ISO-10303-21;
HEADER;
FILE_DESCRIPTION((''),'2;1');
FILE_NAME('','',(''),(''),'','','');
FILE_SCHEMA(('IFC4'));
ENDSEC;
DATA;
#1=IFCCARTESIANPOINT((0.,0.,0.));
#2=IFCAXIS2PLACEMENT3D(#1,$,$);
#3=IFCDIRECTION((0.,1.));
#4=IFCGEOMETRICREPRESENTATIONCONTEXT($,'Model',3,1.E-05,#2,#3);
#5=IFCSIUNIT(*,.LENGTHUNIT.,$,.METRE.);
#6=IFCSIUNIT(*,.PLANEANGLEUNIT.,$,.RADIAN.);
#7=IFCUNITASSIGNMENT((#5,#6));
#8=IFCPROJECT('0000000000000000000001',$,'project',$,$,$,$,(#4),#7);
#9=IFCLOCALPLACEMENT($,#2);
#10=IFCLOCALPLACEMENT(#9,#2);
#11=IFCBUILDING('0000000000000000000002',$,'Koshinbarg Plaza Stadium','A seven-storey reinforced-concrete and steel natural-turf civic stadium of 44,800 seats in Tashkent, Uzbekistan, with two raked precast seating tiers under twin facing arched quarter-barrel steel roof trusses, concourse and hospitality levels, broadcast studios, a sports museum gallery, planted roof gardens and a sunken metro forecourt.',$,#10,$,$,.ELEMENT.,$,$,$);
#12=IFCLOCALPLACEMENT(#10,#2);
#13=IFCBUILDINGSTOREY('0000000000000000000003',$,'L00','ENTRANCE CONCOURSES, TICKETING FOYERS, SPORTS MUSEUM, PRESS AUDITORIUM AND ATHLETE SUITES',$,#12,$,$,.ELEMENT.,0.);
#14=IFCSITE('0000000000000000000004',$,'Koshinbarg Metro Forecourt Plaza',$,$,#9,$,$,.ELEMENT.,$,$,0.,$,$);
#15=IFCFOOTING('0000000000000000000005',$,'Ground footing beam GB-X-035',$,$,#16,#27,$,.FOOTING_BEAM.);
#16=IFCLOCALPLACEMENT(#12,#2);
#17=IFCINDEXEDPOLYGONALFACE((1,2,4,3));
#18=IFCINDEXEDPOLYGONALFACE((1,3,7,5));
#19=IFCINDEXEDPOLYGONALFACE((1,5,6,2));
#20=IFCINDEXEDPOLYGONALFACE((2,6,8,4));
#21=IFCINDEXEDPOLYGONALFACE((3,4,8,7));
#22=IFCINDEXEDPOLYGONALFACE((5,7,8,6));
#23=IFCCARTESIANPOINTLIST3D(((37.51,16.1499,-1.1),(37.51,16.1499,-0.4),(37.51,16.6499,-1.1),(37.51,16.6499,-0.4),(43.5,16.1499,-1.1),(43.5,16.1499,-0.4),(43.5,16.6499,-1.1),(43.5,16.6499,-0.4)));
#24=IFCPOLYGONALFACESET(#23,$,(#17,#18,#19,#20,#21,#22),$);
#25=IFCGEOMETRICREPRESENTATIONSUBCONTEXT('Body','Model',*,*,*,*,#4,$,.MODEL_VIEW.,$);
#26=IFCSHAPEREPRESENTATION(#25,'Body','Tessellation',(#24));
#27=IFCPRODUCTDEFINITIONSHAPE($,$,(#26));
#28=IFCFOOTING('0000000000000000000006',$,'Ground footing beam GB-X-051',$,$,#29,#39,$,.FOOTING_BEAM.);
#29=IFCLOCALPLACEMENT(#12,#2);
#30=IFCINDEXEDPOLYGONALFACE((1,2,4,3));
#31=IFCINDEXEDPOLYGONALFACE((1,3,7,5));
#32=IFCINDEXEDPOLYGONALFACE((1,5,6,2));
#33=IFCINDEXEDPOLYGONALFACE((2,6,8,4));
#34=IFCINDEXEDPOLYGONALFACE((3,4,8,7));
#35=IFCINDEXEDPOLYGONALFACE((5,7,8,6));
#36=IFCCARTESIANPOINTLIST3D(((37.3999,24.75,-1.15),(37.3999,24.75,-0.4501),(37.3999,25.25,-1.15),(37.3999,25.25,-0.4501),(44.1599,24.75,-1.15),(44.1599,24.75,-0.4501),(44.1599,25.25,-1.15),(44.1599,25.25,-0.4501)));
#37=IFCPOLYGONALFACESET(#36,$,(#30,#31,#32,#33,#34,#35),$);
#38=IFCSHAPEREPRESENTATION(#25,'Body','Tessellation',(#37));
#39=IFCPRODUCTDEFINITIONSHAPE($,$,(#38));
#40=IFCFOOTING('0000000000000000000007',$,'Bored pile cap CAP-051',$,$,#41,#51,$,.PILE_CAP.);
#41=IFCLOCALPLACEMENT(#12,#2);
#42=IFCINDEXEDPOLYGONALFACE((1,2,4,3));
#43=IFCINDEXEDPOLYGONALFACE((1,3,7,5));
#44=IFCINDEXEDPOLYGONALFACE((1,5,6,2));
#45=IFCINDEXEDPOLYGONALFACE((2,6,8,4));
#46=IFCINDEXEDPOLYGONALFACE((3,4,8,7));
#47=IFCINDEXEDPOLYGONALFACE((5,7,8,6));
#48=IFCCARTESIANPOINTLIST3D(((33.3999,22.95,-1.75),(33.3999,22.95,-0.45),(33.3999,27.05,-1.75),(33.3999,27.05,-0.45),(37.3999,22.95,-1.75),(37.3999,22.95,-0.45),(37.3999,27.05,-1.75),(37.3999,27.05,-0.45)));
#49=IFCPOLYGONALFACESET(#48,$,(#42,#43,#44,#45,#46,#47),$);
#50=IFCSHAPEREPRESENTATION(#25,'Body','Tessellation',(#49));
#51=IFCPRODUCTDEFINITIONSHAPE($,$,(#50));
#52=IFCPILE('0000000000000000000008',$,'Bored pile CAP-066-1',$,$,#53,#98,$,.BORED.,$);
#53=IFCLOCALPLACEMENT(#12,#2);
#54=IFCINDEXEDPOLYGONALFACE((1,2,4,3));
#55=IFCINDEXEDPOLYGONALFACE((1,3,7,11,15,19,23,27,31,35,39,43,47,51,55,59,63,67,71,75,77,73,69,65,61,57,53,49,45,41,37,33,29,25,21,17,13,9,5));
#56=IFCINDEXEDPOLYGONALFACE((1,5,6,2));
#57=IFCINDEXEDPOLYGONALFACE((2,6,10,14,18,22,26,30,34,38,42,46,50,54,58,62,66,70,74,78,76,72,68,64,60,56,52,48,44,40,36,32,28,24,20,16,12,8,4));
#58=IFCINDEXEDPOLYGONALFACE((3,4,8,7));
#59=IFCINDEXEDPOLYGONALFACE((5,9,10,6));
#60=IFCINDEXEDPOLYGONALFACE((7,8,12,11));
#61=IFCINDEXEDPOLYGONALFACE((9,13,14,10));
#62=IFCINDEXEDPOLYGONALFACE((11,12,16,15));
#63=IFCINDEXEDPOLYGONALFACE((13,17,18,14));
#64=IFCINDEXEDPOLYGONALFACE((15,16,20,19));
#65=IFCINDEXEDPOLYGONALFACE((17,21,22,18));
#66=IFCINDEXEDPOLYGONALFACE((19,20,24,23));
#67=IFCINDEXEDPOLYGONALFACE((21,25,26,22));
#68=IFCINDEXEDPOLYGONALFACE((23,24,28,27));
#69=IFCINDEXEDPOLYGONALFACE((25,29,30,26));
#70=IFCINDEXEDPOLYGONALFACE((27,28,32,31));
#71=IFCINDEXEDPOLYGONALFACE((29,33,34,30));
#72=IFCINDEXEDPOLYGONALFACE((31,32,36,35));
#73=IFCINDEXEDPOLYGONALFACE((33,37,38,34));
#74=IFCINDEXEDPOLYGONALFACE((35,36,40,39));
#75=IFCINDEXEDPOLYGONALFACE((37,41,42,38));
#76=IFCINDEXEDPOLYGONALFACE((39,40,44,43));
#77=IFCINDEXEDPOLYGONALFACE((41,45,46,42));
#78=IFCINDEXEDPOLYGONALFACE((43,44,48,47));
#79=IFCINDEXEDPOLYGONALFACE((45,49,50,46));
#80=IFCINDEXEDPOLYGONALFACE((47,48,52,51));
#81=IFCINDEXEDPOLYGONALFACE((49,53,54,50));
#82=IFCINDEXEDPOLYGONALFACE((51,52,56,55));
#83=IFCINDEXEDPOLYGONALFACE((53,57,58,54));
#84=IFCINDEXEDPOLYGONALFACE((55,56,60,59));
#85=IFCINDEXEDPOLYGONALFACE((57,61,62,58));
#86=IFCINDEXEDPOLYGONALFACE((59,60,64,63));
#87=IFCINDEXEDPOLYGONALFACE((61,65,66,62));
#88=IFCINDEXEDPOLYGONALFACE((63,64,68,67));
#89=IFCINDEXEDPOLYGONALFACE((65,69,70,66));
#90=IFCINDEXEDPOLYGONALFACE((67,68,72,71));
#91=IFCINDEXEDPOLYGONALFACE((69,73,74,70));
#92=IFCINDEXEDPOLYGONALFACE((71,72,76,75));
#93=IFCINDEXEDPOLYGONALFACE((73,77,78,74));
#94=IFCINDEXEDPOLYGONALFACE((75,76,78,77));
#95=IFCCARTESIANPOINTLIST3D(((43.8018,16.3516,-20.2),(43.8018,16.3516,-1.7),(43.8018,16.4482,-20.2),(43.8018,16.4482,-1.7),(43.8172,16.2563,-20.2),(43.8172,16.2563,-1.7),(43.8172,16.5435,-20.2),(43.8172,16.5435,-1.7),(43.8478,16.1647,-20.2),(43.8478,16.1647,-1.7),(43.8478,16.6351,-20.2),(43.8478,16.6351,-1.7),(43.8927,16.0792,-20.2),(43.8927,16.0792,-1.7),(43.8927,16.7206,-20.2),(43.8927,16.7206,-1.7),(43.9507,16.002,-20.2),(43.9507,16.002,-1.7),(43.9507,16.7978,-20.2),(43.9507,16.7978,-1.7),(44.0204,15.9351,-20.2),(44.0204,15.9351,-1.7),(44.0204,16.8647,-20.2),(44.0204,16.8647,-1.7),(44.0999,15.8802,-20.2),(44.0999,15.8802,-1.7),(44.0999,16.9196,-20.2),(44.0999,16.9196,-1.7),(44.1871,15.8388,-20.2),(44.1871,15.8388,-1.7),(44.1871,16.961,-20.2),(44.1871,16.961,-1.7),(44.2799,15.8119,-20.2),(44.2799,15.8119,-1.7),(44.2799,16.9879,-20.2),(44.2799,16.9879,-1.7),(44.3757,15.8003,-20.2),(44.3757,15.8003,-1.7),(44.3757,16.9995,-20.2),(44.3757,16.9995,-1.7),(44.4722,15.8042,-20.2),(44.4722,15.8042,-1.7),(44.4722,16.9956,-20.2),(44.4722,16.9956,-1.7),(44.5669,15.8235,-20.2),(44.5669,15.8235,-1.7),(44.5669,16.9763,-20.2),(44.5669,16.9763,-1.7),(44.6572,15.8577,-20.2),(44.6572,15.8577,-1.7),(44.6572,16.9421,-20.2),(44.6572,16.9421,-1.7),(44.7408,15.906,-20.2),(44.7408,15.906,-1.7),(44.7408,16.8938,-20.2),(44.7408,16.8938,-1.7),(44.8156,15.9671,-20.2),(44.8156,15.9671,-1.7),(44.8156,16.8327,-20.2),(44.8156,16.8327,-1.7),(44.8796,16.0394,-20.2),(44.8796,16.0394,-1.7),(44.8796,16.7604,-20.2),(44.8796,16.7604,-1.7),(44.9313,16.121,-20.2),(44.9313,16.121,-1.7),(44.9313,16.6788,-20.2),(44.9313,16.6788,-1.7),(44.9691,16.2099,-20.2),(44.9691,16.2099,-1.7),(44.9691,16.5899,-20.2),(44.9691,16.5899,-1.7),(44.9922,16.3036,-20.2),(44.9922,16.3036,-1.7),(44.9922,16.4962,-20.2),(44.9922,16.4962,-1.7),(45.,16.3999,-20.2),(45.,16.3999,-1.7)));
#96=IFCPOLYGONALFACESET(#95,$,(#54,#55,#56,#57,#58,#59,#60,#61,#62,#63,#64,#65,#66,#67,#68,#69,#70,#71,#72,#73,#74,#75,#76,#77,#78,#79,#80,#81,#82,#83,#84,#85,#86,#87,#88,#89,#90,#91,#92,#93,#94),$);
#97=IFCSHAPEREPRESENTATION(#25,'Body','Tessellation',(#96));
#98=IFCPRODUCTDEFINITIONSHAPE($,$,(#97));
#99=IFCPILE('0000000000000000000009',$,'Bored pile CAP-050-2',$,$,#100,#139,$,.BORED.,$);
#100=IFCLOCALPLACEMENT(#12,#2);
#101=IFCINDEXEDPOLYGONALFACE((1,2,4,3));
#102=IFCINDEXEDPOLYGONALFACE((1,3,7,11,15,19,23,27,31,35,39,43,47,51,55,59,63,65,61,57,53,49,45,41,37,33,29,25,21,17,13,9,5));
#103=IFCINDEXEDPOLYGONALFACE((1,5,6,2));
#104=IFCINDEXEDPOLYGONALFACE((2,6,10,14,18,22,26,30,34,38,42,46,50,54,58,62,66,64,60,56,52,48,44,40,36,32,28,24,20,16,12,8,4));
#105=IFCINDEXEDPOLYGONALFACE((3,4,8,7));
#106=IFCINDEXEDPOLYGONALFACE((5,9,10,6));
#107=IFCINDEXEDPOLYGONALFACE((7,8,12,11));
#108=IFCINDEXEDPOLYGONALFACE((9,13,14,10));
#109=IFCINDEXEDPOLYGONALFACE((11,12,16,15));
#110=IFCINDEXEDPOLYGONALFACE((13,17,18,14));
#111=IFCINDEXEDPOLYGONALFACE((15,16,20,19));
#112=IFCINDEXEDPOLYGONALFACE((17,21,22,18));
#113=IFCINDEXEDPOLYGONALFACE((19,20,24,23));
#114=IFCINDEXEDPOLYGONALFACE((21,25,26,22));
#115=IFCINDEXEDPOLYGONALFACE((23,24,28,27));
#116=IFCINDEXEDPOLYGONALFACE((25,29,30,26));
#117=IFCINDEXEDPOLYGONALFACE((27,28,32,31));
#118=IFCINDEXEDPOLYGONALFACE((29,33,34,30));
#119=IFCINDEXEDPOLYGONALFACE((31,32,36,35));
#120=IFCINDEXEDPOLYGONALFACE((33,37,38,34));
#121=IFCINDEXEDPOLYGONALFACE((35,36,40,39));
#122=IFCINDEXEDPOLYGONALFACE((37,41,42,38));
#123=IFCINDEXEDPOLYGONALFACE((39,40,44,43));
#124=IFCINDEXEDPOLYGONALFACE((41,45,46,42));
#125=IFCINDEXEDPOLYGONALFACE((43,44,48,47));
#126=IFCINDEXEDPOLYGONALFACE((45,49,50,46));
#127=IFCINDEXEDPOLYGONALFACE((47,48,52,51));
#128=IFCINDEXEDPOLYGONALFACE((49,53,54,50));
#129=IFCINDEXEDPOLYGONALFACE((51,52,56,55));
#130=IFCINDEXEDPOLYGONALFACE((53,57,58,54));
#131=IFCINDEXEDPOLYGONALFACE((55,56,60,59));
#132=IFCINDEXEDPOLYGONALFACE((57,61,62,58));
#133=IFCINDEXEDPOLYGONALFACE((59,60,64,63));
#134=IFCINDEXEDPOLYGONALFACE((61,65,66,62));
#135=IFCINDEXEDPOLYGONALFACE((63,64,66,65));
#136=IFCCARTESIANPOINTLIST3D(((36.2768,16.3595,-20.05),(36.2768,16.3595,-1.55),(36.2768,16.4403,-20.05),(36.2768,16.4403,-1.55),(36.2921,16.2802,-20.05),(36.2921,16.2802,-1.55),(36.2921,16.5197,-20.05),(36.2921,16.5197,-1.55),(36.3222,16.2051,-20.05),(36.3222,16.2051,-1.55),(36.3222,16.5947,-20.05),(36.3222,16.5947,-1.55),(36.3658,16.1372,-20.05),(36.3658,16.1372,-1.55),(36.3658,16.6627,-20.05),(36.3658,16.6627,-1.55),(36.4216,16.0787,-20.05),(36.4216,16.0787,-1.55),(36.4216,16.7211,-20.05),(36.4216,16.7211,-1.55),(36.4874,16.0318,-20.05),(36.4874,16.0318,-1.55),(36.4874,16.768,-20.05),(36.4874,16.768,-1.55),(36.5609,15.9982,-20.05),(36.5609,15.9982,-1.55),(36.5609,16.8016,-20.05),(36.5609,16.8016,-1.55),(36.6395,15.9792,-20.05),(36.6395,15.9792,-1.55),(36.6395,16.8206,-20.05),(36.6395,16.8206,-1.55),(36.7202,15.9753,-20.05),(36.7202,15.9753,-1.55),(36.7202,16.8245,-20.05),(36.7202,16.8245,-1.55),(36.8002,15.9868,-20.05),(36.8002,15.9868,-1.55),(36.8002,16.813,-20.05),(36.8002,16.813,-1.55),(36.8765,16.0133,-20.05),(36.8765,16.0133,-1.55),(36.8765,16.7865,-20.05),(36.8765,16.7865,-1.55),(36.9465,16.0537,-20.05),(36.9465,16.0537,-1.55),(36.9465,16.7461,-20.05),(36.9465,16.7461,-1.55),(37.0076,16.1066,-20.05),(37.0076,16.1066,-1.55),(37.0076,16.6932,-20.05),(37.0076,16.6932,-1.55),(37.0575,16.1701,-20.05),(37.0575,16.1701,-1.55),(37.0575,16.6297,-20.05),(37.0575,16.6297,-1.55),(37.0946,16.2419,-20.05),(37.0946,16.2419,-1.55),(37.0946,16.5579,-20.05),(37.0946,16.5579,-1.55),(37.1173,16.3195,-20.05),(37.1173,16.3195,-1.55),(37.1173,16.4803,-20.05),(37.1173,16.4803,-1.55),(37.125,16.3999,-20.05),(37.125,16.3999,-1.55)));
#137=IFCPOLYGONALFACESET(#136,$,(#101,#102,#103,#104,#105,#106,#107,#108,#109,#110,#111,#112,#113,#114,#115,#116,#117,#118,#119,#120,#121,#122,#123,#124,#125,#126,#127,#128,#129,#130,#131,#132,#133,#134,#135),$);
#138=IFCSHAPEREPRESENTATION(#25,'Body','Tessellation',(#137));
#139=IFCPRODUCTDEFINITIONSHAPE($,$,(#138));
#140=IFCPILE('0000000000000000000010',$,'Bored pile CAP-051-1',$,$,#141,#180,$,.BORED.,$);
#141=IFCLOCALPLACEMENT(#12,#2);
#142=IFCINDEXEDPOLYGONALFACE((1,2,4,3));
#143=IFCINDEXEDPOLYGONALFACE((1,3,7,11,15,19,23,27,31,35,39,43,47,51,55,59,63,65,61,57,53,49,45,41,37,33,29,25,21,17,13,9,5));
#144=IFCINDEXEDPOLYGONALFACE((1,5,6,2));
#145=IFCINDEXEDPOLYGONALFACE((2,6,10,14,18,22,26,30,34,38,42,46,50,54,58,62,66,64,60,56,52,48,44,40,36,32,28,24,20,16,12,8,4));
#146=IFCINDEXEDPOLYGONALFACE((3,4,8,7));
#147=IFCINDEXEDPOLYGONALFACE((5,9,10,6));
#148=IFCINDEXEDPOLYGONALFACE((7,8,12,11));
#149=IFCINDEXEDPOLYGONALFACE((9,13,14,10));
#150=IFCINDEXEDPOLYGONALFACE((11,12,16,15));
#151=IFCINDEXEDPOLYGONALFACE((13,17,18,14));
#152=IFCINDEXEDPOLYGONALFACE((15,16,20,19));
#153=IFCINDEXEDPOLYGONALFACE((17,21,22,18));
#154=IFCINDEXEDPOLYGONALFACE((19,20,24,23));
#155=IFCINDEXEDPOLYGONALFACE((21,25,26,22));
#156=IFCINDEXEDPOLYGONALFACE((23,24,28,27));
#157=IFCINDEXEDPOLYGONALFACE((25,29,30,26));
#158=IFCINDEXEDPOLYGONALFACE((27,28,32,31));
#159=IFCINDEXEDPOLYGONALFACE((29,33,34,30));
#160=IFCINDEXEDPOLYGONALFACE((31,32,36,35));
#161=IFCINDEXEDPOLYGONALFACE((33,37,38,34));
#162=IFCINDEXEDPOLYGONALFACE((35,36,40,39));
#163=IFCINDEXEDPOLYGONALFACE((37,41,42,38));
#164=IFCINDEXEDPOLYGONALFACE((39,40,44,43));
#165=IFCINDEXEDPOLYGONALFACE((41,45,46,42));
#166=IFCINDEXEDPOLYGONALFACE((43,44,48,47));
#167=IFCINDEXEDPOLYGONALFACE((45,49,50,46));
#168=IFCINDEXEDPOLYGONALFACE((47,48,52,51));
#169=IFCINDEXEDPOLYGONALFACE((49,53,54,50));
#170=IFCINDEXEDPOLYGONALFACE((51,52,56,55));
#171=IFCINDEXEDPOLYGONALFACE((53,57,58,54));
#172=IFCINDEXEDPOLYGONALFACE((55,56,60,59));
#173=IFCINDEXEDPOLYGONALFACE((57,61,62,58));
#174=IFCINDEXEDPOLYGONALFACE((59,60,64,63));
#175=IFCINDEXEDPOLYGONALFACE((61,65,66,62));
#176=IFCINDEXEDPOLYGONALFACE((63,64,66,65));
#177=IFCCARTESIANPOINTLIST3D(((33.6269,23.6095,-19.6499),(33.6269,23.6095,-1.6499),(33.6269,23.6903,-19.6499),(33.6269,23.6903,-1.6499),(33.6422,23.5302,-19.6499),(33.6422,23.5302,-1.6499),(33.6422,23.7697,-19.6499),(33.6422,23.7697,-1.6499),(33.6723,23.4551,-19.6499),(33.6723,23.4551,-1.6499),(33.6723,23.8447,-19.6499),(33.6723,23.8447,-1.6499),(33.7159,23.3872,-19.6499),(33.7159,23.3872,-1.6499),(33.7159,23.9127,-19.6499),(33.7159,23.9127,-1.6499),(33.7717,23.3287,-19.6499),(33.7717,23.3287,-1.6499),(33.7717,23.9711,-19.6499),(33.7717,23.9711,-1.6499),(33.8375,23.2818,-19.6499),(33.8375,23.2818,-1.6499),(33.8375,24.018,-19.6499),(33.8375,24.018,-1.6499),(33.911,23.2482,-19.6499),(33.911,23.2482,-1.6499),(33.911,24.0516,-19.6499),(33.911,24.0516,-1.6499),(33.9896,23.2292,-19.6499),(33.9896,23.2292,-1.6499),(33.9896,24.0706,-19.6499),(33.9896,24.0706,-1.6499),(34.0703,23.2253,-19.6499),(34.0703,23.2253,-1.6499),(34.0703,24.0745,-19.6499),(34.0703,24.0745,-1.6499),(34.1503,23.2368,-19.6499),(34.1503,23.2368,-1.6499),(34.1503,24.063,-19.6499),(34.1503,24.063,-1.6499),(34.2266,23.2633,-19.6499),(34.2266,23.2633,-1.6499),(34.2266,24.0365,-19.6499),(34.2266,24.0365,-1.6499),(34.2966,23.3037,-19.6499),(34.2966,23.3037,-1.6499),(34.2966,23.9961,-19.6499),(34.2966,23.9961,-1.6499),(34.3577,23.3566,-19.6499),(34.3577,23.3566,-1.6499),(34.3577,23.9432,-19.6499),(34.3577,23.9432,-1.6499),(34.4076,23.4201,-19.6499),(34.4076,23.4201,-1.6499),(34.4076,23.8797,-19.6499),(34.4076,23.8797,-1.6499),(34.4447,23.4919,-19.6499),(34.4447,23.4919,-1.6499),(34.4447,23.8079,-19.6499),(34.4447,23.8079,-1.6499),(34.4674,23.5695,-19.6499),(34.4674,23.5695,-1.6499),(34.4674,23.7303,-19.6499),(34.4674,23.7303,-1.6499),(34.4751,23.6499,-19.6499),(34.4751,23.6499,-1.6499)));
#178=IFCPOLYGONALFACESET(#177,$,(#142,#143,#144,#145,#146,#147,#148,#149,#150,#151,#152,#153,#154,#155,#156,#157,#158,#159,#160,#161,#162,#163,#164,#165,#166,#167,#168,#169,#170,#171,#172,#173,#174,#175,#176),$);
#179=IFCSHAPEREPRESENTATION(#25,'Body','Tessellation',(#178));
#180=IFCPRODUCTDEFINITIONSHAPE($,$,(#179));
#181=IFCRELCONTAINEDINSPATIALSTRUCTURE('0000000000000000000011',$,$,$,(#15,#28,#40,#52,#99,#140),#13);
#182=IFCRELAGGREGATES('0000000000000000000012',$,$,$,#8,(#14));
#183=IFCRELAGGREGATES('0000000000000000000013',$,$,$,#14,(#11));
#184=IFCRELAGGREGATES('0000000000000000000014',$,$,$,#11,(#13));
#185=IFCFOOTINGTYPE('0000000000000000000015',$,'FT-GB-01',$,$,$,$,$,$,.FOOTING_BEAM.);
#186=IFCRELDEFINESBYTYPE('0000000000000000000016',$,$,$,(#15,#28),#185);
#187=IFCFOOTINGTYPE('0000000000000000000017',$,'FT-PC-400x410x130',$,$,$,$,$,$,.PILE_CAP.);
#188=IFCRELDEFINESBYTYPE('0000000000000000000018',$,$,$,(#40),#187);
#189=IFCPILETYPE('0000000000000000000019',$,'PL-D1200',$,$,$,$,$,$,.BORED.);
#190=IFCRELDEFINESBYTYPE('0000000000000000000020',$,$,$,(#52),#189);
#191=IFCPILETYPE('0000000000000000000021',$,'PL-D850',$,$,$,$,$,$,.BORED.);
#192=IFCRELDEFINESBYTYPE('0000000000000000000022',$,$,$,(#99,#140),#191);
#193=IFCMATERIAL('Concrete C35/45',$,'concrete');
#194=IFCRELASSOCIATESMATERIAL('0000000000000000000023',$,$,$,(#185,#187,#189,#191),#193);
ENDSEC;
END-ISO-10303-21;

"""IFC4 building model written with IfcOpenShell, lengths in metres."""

from ifc_helpers import new_model, si_unit, direction, frame, origin, origin_2d, place, context, subcontext, project, spatial, rectangle, circle, extrude, material, material_profile, profile_set, type_object, element, save


model = new_model("IFC4")

# Units and contexts
model_context = context("Model", 3, precision=1e-05, world=origin(), true_north=direction((0.0, 1.0)))
body_context = subcontext(model_context, "Body", "Model", "MODEL_VIEW")
ifc_project = project(units=[si_unit("LENGTHUNIT", "METRE"), si_unit("PLANEANGLEUNIT", "RADIAN")], contexts=[model_context])

# Site, building, storey
site_placement = place(None, origin())
site = spatial("IfcSite", under=ifc_project, at=site_placement, Name="Koshinbarg Metro Forecourt Plaza", CompositionType="ELEMENT", RefElevation=0.0)
building_placement = place(site_placement, origin())
building = spatial("IfcBuilding", under=site, at=building_placement, Name="Koshinbarg Plaza Stadium", Description="A seven-storey reinforced-concrete and steel natural-turf civic stadium of 44,800 seats in Tashkent, Uzbekistan, with two raked precast seating tiers under twin facing arched quarter-barrel steel roof trusses, concourse and hospitality levels, broadcast studios, a sports museum gallery, planted roof gardens and a sunken metro forecourt.", CompositionType="ELEMENT")
storey_placement = place(building_placement, origin())
storey = spatial("IfcBuildingStorey", under=building, at=storey_placement, Name="L00", Description="ENTRANCE CONCOURSES, TICKETING FOYERS, SPORTS MUSEUM, PRESS AUDITORIUM AND ATHLETE SUITES", CompositionType="ELEMENT", Elevation=0.0)

# Footings
ifc_material_1 = material(Name="Concrete C35/45", Category="concrete")
ifc_material_profile_1 = material_profile(ifc_material_1, rectangle(XDim=0.5, YDim=0.7, at=origin_2d()), Name="GB 500x700")
ifc_profile_set_1 = profile_set([ifc_material_profile_1], Name="Concrete C35/45")
footing_type_1 = type_object("IfcFootingType", Name="FT-GB-01", PredefinedType="FOOTING_BEAM", material=ifc_profile_set_1)
footing_1_placement = place(storey_placement, frame((37.51, 16.3999, -0.75), z_axis=(1.0, 0.0, 0.0), x_axis=(0.0, 1.0, 0.0)))
element("IfcFooting", 1, at=footing_1_placement, inside=storey, type_object=footing_type_1, Name="Ground footing beam GB-X-035", PredefinedType="FOOTING_BEAM", context=body_context, shape_type="SweptSolid", body=[
    extrude(rectangle(XDim=0.5, YDim=0.7, at=origin_2d()), origin(), (0.0, 0.0, 1.0), 5.99),
])
footing_2_placement = place(storey_placement, frame((37.3999, 25.0, -0.8), z_axis=(1.0, 0.0, 0.0), x_axis=(0.0, 1.0, 0.0)))
element("IfcFooting", 2, at=footing_2_placement, inside=storey, type_object=footing_type_1, Name="Ground footing beam GB-X-051", PredefinedType="FOOTING_BEAM", context=body_context, shape_type="SweptSolid", body=[
    extrude(rectangle(XDim=0.5, YDim=0.7, at=origin_2d()), origin(), (0.0, 0.0, 1.0), 6.76),
])
footing_type_2 = type_object("IfcFootingType", Name="FT-PC-400x410x130", PredefinedType="PILE_CAP", material=ifc_material_1)
footing_3_placement = place(storey_placement, frame((35.3999, 25.0, -1.75), z_axis=(0.0, 0.0, 1.0), x_axis=(1.0, 0.0, 0.0)))
element("IfcFooting", 3, at=footing_3_placement, inside=storey, type_object=footing_type_2, Name="Bored pile cap CAP-051", PredefinedType="PILE_CAP", context=body_context, shape_type="SweptSolid", body=[
    extrude(rectangle(XDim=4.0, YDim=4.1001, at=origin_2d()), origin(), (0.0, 0.0, 1.0), 1.3),
])

# Piles
ifc_material_profile_2 = material_profile(ifc_material_1, circle(Radius=0.6001, at=origin_2d()), Name="PILE D1200")
ifc_profile_set_2 = profile_set([ifc_material_profile_2], Name="Concrete C35/45")
pile_type_1 = type_object("IfcPileType", Name="PL-D1200", PredefinedType="BORED", material=ifc_profile_set_2)
pile_1_placement = place(storey_placement, frame((44.3999, 16.3999, -1.7), z_axis=(0.0, 0.0, -1.0), x_axis=(1.0, 0.0, 0.0)))
element("IfcPile", 4, at=pile_1_placement, inside=storey, type_object=pile_type_1, Name="Bored pile CAP-066-1", PredefinedType="BORED", context=body_context, shape_type="SweptSolid", body=[
    extrude(circle(Radius=0.6001, at=origin_2d()), origin(), (0.0, 0.0, 1.0), 18.5),
])
ifc_material_profile_3 = material_profile(ifc_material_1, circle(Radius=0.425, at=origin_2d()), Name="PILE D850")
ifc_profile_set_3 = profile_set([ifc_material_profile_3], Name="Concrete C35/45")
pile_type_2 = type_object("IfcPileType", Name="PL-D850", PredefinedType="BORED", material=ifc_profile_set_3)
pile_2_placement = place(storey_placement, frame((36.7, 16.3999, -1.55), z_axis=(0.0, 0.0, -1.0), x_axis=(1.0, 0.0, 0.0)))
element("IfcPile", 5, at=pile_2_placement, inside=storey, type_object=pile_type_2, Name="Bored pile CAP-050-2", PredefinedType="BORED", context=body_context, shape_type="SweptSolid", body=[
    extrude(circle(Radius=0.425, at=origin_2d()), origin(), (0.0, 0.0, 1.0), 18.5),
])
for number, where, z_axis, x_axis, name in (
    (6, (34.05, 23.6499, -1.6499), (0.0, 0.0, -1.0), (1.0, 0.0, 0.0), "Bored pile CAP-051-1"),
):
    element("IfcPile", number, at=place(storey_placement, frame(where, z_axis=z_axis, x_axis=x_axis)), inside=storey, type_object=pile_type_2, Name=name, PredefinedType="BORED", context=body_context, shape_type="SweptSolid", body=[
        extrude(circle(Radius=0.425, at=origin_2d()), origin(), (0.0, 0.0, 1.0), 18.0),
    ])

save(model, "model.ifc")
